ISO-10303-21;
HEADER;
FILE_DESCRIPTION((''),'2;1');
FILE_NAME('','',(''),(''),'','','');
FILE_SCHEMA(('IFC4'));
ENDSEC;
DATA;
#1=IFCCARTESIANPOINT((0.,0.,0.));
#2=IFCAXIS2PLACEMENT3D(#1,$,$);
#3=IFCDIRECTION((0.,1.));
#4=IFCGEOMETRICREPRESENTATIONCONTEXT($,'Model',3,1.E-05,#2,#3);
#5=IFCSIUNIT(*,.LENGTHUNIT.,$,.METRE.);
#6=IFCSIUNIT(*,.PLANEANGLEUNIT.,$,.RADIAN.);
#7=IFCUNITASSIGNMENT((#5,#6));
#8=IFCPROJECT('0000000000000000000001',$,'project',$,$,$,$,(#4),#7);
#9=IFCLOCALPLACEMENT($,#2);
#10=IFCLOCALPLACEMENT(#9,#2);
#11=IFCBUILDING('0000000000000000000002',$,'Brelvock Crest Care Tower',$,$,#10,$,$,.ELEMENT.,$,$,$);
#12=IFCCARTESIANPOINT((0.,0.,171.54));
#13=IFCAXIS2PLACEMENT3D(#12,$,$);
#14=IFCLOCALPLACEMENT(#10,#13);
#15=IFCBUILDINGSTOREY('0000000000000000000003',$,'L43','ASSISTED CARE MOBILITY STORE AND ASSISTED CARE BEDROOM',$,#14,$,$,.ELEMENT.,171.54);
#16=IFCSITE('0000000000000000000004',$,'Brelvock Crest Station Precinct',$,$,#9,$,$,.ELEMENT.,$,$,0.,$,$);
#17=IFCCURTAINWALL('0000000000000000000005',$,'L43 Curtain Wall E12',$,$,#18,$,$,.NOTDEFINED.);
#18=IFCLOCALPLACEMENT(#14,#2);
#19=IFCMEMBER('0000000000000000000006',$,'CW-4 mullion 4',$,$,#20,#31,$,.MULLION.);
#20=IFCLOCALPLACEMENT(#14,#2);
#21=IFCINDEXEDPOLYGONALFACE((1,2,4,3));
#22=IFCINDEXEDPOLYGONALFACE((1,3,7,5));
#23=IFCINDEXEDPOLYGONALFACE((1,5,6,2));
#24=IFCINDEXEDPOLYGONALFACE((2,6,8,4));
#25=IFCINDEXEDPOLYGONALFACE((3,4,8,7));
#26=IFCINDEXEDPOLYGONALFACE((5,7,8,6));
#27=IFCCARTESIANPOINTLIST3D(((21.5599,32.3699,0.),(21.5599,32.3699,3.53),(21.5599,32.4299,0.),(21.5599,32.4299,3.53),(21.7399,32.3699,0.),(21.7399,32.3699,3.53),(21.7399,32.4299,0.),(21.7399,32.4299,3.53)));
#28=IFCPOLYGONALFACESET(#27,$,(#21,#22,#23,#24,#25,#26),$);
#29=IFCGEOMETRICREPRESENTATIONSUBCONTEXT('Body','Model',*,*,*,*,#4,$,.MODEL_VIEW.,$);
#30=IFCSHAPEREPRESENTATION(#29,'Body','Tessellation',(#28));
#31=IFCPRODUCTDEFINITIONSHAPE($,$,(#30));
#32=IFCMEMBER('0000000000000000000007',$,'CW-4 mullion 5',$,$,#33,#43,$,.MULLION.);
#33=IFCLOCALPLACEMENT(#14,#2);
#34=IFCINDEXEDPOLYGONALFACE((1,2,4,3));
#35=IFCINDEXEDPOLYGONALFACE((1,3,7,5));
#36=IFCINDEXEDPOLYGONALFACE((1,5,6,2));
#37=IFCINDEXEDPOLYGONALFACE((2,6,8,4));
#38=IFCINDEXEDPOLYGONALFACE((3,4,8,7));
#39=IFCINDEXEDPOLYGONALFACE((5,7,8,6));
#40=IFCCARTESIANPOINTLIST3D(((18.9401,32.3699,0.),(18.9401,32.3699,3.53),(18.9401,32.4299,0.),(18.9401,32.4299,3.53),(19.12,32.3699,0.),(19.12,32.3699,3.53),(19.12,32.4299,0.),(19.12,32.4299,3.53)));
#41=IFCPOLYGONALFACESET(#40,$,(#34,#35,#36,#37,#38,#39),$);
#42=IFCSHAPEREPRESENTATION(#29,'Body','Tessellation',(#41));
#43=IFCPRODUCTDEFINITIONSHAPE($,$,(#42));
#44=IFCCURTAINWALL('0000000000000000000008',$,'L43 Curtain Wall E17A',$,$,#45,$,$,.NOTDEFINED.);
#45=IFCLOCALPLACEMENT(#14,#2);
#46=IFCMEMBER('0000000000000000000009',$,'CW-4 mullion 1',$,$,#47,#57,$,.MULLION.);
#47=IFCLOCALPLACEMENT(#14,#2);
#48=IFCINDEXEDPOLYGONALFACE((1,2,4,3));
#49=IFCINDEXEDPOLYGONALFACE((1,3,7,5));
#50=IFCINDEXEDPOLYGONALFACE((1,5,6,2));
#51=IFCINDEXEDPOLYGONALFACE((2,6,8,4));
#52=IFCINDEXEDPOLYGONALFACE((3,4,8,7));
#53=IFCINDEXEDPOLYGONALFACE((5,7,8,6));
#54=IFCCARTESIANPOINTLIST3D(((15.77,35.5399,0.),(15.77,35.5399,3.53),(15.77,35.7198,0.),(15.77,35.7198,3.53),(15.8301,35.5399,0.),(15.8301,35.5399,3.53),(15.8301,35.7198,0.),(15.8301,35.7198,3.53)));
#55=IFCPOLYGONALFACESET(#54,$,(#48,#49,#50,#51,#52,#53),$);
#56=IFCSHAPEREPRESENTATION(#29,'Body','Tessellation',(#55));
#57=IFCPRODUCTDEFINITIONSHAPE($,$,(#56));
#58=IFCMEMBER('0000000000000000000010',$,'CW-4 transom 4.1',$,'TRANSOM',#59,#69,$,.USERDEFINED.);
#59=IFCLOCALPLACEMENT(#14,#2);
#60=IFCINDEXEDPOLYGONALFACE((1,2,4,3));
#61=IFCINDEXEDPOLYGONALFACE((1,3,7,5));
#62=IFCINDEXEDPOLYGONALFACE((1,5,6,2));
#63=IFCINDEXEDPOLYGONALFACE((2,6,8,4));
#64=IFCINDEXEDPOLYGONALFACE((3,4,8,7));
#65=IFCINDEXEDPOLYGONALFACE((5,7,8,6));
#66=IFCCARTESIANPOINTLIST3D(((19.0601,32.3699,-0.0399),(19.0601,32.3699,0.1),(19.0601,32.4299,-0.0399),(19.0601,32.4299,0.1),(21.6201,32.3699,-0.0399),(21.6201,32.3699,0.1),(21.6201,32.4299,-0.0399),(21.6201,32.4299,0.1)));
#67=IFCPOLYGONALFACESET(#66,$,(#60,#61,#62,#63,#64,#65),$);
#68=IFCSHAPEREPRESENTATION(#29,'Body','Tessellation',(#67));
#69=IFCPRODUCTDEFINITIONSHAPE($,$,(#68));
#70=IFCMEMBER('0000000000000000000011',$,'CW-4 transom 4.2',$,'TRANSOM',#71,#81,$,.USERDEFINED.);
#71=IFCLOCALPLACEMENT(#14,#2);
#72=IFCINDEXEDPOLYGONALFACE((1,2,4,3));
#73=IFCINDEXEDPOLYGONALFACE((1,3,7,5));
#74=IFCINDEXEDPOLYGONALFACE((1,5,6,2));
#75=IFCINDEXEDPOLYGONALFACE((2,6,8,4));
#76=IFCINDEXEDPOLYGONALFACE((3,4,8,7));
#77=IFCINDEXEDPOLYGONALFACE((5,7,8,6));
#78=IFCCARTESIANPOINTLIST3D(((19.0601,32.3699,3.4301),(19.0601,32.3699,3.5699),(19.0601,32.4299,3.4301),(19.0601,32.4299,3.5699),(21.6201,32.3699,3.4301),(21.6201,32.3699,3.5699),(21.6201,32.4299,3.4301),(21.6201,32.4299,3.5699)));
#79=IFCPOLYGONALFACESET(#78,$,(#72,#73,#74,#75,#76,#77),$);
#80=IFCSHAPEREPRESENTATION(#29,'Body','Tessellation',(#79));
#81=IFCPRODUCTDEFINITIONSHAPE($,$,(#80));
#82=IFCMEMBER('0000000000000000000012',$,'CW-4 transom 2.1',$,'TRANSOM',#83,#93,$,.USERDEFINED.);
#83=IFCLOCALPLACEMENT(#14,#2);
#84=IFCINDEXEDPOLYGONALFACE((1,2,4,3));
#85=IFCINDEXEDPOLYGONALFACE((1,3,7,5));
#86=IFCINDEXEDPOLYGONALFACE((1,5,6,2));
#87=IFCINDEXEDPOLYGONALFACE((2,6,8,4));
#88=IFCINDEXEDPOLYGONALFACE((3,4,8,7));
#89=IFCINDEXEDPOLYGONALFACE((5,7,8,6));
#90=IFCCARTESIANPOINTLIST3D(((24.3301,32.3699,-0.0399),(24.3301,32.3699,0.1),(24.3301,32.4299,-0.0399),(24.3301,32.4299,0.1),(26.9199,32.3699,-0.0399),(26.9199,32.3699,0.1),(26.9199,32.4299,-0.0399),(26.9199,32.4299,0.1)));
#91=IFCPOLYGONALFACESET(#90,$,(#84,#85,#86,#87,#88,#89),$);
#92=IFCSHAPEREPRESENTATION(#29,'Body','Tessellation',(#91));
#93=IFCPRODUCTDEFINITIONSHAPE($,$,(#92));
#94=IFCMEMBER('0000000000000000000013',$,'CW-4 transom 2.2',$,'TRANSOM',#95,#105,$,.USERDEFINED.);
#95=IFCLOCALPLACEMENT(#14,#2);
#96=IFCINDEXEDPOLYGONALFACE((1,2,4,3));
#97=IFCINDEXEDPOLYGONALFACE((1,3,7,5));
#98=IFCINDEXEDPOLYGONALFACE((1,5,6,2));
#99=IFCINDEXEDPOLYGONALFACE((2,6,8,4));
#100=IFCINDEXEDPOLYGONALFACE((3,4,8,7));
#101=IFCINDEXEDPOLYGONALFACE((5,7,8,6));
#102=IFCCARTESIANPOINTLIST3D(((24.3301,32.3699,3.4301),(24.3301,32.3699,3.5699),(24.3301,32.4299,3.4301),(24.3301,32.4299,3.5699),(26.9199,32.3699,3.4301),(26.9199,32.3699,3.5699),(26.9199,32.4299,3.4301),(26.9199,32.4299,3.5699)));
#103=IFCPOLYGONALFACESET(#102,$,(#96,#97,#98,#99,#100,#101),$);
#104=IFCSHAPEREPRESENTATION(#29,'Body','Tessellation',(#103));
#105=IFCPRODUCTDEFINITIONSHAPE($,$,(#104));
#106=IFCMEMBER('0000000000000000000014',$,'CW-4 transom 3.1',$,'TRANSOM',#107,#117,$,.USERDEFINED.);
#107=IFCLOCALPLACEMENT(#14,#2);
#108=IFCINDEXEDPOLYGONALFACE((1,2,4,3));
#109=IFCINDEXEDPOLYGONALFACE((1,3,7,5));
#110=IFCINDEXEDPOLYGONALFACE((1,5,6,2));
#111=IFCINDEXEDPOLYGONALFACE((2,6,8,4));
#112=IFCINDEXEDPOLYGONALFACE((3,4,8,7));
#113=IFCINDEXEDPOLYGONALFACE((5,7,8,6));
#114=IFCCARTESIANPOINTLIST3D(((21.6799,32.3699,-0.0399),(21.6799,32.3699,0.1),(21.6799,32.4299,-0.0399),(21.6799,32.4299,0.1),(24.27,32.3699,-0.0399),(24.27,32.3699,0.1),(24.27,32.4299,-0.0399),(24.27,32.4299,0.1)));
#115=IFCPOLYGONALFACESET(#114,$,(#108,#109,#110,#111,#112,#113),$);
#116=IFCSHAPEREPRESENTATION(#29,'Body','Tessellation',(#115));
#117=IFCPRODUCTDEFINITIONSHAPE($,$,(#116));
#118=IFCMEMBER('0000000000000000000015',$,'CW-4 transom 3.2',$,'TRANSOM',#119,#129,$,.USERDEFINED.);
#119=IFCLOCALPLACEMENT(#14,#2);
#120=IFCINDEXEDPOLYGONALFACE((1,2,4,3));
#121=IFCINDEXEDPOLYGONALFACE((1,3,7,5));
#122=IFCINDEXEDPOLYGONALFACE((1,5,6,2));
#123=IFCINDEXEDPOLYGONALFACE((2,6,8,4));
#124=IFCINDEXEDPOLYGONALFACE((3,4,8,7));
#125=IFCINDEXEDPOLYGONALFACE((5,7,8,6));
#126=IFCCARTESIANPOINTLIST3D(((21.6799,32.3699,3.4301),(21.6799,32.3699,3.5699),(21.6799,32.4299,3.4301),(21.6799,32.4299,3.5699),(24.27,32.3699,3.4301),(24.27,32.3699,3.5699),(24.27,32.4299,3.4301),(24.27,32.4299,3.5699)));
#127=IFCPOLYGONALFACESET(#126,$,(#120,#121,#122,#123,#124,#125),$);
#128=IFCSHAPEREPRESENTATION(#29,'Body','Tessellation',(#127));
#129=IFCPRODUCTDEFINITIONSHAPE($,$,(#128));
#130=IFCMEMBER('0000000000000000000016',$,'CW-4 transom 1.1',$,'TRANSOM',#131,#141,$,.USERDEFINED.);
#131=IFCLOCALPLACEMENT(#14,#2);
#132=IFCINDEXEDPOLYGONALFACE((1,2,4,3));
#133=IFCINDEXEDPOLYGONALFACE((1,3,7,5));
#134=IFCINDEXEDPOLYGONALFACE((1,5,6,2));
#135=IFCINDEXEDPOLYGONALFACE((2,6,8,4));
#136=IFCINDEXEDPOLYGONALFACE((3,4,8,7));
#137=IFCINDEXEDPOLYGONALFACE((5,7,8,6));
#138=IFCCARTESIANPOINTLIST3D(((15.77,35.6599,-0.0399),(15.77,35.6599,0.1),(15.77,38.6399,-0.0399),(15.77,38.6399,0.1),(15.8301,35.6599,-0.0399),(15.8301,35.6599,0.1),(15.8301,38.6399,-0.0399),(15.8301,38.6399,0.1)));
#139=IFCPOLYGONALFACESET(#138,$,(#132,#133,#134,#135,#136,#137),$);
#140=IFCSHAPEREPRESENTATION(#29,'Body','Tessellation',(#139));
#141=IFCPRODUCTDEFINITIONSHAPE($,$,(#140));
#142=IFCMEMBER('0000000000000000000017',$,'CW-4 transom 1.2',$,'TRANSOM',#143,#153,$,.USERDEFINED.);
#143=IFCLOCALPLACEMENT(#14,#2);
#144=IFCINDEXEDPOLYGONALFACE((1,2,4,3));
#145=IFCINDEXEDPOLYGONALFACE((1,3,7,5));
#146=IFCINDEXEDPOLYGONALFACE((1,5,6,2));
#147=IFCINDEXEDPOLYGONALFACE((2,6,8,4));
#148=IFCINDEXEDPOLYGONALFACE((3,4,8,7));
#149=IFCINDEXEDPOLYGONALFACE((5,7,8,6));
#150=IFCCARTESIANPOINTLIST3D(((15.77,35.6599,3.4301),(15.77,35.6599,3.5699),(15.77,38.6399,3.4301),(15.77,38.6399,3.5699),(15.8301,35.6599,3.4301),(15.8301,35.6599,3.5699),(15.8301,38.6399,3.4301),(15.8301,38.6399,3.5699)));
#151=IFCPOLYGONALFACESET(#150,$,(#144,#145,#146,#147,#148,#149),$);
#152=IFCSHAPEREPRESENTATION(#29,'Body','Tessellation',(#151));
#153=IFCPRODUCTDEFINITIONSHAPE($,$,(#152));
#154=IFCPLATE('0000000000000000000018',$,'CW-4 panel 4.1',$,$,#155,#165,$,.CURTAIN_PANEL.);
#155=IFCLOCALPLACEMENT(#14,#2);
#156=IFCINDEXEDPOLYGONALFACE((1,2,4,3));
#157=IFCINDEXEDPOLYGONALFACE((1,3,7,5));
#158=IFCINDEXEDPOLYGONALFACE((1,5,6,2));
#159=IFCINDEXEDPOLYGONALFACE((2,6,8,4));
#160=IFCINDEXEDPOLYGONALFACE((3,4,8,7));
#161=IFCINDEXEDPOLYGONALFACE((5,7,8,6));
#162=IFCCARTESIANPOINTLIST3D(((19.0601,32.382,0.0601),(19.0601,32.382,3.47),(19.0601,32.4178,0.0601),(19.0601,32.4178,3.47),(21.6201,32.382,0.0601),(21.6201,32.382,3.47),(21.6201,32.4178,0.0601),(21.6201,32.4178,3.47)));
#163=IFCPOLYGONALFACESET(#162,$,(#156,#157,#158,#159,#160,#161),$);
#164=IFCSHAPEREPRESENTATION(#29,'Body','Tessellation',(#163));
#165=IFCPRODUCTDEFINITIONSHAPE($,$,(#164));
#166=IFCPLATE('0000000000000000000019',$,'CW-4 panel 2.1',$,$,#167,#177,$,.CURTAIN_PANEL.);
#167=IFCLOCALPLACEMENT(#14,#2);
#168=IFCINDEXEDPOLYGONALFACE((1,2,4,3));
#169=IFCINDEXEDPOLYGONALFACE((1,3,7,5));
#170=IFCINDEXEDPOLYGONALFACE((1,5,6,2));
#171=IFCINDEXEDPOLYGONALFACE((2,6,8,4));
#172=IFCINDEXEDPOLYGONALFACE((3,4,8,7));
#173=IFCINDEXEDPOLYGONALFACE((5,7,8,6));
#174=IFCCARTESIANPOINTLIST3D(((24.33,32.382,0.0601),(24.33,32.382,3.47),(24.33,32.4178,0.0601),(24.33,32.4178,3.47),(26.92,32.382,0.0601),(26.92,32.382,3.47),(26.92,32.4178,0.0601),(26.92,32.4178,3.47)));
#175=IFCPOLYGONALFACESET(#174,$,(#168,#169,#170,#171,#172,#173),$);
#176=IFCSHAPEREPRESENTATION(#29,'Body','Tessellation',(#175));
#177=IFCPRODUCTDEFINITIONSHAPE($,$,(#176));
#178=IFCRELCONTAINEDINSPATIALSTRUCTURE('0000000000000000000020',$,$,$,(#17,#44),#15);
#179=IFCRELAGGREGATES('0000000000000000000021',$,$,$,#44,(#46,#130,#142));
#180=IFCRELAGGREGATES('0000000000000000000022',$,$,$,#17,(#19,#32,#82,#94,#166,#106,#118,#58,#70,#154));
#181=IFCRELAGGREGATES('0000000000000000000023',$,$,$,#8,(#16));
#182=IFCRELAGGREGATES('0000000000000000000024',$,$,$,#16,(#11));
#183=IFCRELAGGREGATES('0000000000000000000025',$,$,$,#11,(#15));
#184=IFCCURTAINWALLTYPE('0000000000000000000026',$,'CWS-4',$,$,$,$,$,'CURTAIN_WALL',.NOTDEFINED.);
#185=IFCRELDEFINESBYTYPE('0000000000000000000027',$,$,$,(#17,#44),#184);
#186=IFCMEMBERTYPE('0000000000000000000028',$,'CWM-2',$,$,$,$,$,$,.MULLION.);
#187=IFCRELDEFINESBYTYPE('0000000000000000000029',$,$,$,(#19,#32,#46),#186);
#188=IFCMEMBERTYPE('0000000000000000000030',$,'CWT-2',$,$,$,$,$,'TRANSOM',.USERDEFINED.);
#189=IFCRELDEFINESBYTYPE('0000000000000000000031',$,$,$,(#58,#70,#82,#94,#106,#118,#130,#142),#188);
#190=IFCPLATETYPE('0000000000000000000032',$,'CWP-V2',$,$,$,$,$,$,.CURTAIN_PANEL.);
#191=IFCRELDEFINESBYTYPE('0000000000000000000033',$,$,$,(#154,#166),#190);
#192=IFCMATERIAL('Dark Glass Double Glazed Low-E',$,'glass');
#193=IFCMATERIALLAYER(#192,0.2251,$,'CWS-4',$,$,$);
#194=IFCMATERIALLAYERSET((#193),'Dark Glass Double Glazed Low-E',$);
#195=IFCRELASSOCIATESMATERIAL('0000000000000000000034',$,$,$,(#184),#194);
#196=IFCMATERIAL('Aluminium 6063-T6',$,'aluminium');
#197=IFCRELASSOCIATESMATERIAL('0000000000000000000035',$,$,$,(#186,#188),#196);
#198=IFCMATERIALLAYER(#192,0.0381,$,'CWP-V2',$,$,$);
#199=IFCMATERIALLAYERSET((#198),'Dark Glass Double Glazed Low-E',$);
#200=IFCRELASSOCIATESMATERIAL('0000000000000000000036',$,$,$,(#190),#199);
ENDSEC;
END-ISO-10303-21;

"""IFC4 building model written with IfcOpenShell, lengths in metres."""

from ifc_helpers import new_model, si_unit, direction, frame, origin, origin_2d, place, context, subcontext, project, spatial, rectangle, extrude, source, transform, mapped, material, layer, layer_set, material_profile, profile_set, type_object, element, aggregate, save


model = new_model("IFC4")

# Units and contexts
model_context = context("Model", 3, precision=1e-05, world=origin(), true_north=direction((0.0, 1.0)))
body_context = subcontext(model_context, "Body", "Model", "MODEL_VIEW")
ifc_project = project(units=[si_unit("LENGTHUNIT", "METRE"), si_unit("PLANEANGLEUNIT", "RADIAN")], contexts=[model_context])

# Site, building, storey
site_placement = place(None, origin())
site = spatial("IfcSite", under=ifc_project, at=site_placement, Name="Brelvock Crest Station Precinct", CompositionType="ELEMENT", RefElevation=0.0)
building_placement = place(site_placement, origin())
building = spatial("IfcBuilding", under=site, at=building_placement, Name="Brelvock Crest Care Tower", CompositionType="ELEMENT")
storey_placement = place(building_placement, frame((0.0, 0.0, 171.54)))
storey = spatial("IfcBuildingStorey", under=building, at=storey_placement, Name="L43", Description="ASSISTED CARE MOBILITY STORE AND ASSISTED CARE BEDROOM", CompositionType="ELEMENT", Elevation=171.54)

# Curtain wall, members
ifc_material_1 = material(Name="Dark Glass Double Glazed Low-E", Category="glass")
ifc_layer_1 = layer(ifc_material_1, 0.2251, Name="CWS-4")
ifc_layer_set_1 = layer_set([ifc_layer_1], Name="Dark Glass Double Glazed Low-E")
curtain_wall_type = type_object("IfcCurtainWallType", Name="CWS-4", ElementType="CURTAIN_WALL", PredefinedType="NOTDEFINED", material=ifc_layer_set_1)
curtain_wall_1_placement = place(storey_placement, origin())
curtain_wall_1 = element("IfcCurtainWall", 1, at=curtain_wall_1_placement, inside=storey, type_object=curtain_wall_type, Name="L43 Curtain Wall E12", PredefinedType="NOTDEFINED")
ifc_material_2 = material(Name="Aluminium 6063-T6", Category="aluminium")
ifc_material_profile_1 = material_profile(ifc_material_2, rectangle(XDim=0.0601, YDim=0.1799, at=origin_2d()), Name="ALU60x180")
ifc_profile_set_1 = profile_set([ifc_material_profile_1], Name="Aluminium 6063-T6")
member_type_1 = type_object("IfcMemberType", Name="CWM-2", PredefinedType="MULLION", material=ifc_profile_set_1)
shared_shape_1 = source(origin(), body_context, "Body", "SweptSolid", [
    extrude(rectangle(XDim=0.0601, YDim=0.1799, at=origin_2d()), origin(), (0.0, 0.0, 1.0), 3.53),
])
member_1_placement = place(storey_placement, frame((21.6499, 32.3999, 0.0), z_axis=(0.0, 0.0, 1.0), x_axis=(0.0, -1.0, 0.0)))
member_1 = element("IfcMember", 2, at=member_1_placement, type_object=member_type_1, Name="CW-4 mullion 4", PredefinedType="MULLION", context=body_context, shape_type="MappedRepresentation", body=[
    mapped(shared_shape_1, transform((0.0, 0.0, 0.0), x_axis=(1.0, 0.0, 0.0), y_axis=(0.0, 1.0, 0.0), z_axis=(0.0, 0.0, 1.0), scale=1.0)),
])
member_2_placement = place(storey_placement, frame((19.03, 32.3999, 0.0), z_axis=(0.0, 0.0, 1.0), x_axis=(0.0, -1.0, 0.0)))
member_2 = element("IfcMember", 3, at=member_2_placement, type_object=member_type_1, Name="CW-4 mullion 5", PredefinedType="MULLION", context=body_context, shape_type="MappedRepresentation", body=[
    mapped(shared_shape_1, transform((0.0, 0.0, 0.0), x_axis=(1.0, 0.0, 0.0), y_axis=(0.0, 1.0, 0.0), z_axis=(0.0, 0.0, 1.0), scale=1.0)),
])

# Curtain wall, member
curtain_wall_2_placement = place(storey_placement, origin())
curtain_wall_2 = element("IfcCurtainWall", 4, at=curtain_wall_2_placement, inside=storey, type_object=curtain_wall_type, Name="L43 Curtain Wall E17A", PredefinedType="NOTDEFINED")
member_3_placement = place(storey_placement, frame((15.8, 35.6299, 0.0), z_axis=(0.0, 0.0, 1.0), x_axis=(-1.0, 0.0, 0.0)))
member_3 = element("IfcMember", 5, at=member_3_placement, type_object=member_type_1, Name="CW-4 mullion 1", PredefinedType="MULLION", context=body_context, shape_type="MappedRepresentation", body=[
    mapped(shared_shape_1, transform((0.0, 0.0, 0.0), x_axis=(1.0, 0.0, 0.0), y_axis=(0.0, 1.0, 0.0), z_axis=(0.0, 0.0, 1.0), scale=1.0)),
])

# Members
ifc_material_profile_2 = material_profile(ifc_material_2, rectangle(XDim=0.0601, YDim=0.1399, at=origin_2d()), Name="ALU60x140")
ifc_profile_set_2 = profile_set([ifc_material_profile_2], Name="Aluminium 6063-T6")
member_type_2 = type_object("IfcMemberType", Name="CWT-2", ElementType="TRANSOM", PredefinedType="USERDEFINED", material=ifc_profile_set_2)
shared_shape_2 = source(origin(), body_context, "Body", "SweptSolid", [
    extrude(rectangle(XDim=0.0601, YDim=0.1399, at=origin_2d()), origin(), (0.0, 0.0, 1.0), 2.5601),
])
member_4_placement = place(storey_placement, frame((21.6201, 32.3999, 0.03), z_axis=(-1.0, 0.0, 0.0), x_axis=(0.0, -1.0, 0.0)))
member_4 = element("IfcMember", 6, at=member_4_placement, type_object=member_type_2, Name="CW-4 transom 4.1", ObjectType="TRANSOM", PredefinedType="USERDEFINED", context=body_context, shape_type="MappedRepresentation", body=[
    mapped(shared_shape_2, transform((0.0, 0.0, 0.0), x_axis=(1.0, 0.0, 0.0), y_axis=(0.0, 1.0, 0.0), z_axis=(0.0, 0.0, 1.0), scale=1.0)),
])
member_5_placement = place(storey_placement, frame((21.6201, 32.3999, 3.5), z_axis=(-1.0, 0.0, 0.0), x_axis=(0.0, -1.0, 0.0)))
member_5 = element("IfcMember", 7, at=member_5_placement, type_object=member_type_2, Name="CW-4 transom 4.2", ObjectType="TRANSOM", PredefinedType="USERDEFINED", context=body_context, shape_type="MappedRepresentation", body=[
    mapped(shared_shape_2, transform((0.0, 0.0, 0.0), x_axis=(1.0, 0.0, 0.0), y_axis=(0.0, 1.0, 0.0), z_axis=(0.0, 0.0, 1.0), scale=1.0)),
])
shared_shape_3 = source(origin(), body_context, "Body", "SweptSolid", [
    extrude(rectangle(XDim=0.0601, YDim=0.1399, at=origin_2d()), origin(), (0.0, 0.0, 1.0), 2.5898),
])
member_6_placement = place(storey_placement, frame((26.9199, 32.3999, 0.03), z_axis=(-1.0, 0.0, 0.0), x_axis=(0.0, -1.0, 0.0)))
member_6 = element("IfcMember", 8, at=member_6_placement, type_object=member_type_2, Name="CW-4 transom 2.1", ObjectType="TRANSOM", PredefinedType="USERDEFINED", context=body_context, shape_type="MappedRepresentation", body=[
    mapped(shared_shape_3, transform((0.0, 0.0, 0.0), x_axis=(1.0, 0.0, 0.0), y_axis=(0.0, 1.0, 0.0), z_axis=(0.0, 0.0, 1.0), scale=1.0)),
])
member_7_placement = place(storey_placement, frame((26.9199, 32.3999, 3.5), z_axis=(-1.0, 0.0, 0.0), x_axis=(0.0, -1.0, 0.0)))
member_7 = element("IfcMember", 9, at=member_7_placement, type_object=member_type_2, Name="CW-4 transom 2.2", ObjectType="TRANSOM", PredefinedType="USERDEFINED", context=body_context, shape_type="MappedRepresentation", body=[
    mapped(shared_shape_3, transform((0.0, 0.0, 0.0), x_axis=(1.0, 0.0, 0.0), y_axis=(0.0, 1.0, 0.0), z_axis=(0.0, 0.0, 1.0), scale=1.0)),
])
shared_shape_4 = source(origin(), body_context, "Body", "SweptSolid", [
    extrude(rectangle(XDim=0.0601, YDim=0.1399, at=origin_2d()), origin(), (0.0, 0.0, 1.0), 2.5901),
])
member_8_placement = place(storey_placement, frame((24.27, 32.3999, 0.03), z_axis=(-1.0, 0.0, 0.0), x_axis=(0.0, -1.0, 0.0)))
member_8 = element("IfcMember", 10, at=member_8_placement, type_object=member_type_2, Name="CW-4 transom 3.1", ObjectType="TRANSOM", PredefinedType="USERDEFINED", context=body_context, shape_type="MappedRepresentation", body=[
    mapped(shared_shape_4, transform((0.0, 0.0, 0.0), x_axis=(1.0, 0.0, 0.0), y_axis=(0.0, 1.0, 0.0), z_axis=(0.0, 0.0, 1.0), scale=1.0)),
])
member_9_placement = place(storey_placement, frame((24.27, 32.3999, 3.5), z_axis=(-1.0, 0.0, 0.0), x_axis=(0.0, -1.0, 0.0)))
member_9 = element("IfcMember", 11, at=member_9_placement, type_object=member_type_2, Name="CW-4 transom 3.2", ObjectType="TRANSOM", PredefinedType="USERDEFINED", context=body_context, shape_type="MappedRepresentation", body=[
    mapped(shared_shape_4, transform((0.0, 0.0, 0.0), x_axis=(1.0, 0.0, 0.0), y_axis=(0.0, 1.0, 0.0), z_axis=(0.0, 0.0, 1.0), scale=1.0)),
])
shared_shape_5 = source(origin(), body_context, "Body", "SweptSolid", [
    extrude(rectangle(XDim=0.0601, YDim=0.1399, at=origin_2d()), origin(), (0.0, 0.0, 1.0), 2.98),
])
member_10_placement = place(storey_placement, frame((15.8, 35.6599, 0.03), z_axis=(0.0, 1.0, 0.0), x_axis=(-1.0, 0.0, 0.0)))
member_10 = element("IfcMember", 12, at=member_10_placement, type_object=member_type_2, Name="CW-4 transom 1.1", ObjectType="TRANSOM", PredefinedType="USERDEFINED", context=body_context, shape_type="MappedRepresentation", body=[
    mapped(shared_shape_5, transform((0.0, 0.0, 0.0), x_axis=(1.0, 0.0, 0.0), y_axis=(0.0, 1.0, 0.0), z_axis=(0.0, 0.0, 1.0), scale=1.0)),
])
member_11_placement = place(storey_placement, frame((15.8, 35.6599, 3.5), z_axis=(0.0, 1.0, 0.0), x_axis=(-1.0, 0.0, 0.0)))
member_11 = element("IfcMember", 13, at=member_11_placement, type_object=member_type_2, Name="CW-4 transom 1.2", ObjectType="TRANSOM", PredefinedType="USERDEFINED", context=body_context, shape_type="MappedRepresentation", body=[
    mapped(shared_shape_5, transform((0.0, 0.0, 0.0), x_axis=(1.0, 0.0, 0.0), y_axis=(0.0, 1.0, 0.0), z_axis=(0.0, 0.0, 1.0), scale=1.0)),
])
aggregate(curtain_wall_2, [member_3, member_10, member_11])

# Plates
ifc_layer_2 = layer(ifc_material_1, 0.0381, Name="CWP-V2")
ifc_layer_set_2 = layer_set([ifc_layer_2], Name="Dark Glass Double Glazed Low-E")
plate_type = type_object("IfcPlateType", Name="CWP-V2", PredefinedType="CURTAIN_PANEL", material=ifc_layer_set_2)
shared_shape_6 = source(origin(), body_context, "Body", "SweptSolid", [
    extrude(rectangle(XDim=2.5601, YDim=0.0359, at=origin_2d()), origin(), (0.0, 0.0, 1.0), 3.4099),
])
plate_1_placement = place(storey_placement, frame((20.3401, 32.3999, 0.0601), z_axis=(0.0, 0.0, 1.0), x_axis=(-1.0, 0.0, 0.0)))
plate_1 = element("IfcPlate", 14, at=plate_1_placement, type_object=plate_type, Name="CW-4 panel 4.1", PredefinedType="CURTAIN_PANEL", context=body_context, shape_type="MappedRepresentation", body=[
    mapped(shared_shape_6, transform((0.0, 0.0, 0.0), x_axis=(1.0, 0.0, 0.0), y_axis=(0.0, 1.0, 0.0), z_axis=(0.0, 0.0, 1.0), scale=1.0)),
])
shared_shape_7 = source(origin(), body_context, "Body", "SweptSolid", [
    extrude(rectangle(XDim=2.5901, YDim=0.0359, at=origin_2d()), origin(), (0.0, 0.0, 1.0), 3.4099),
])
plate_2_placement = place(storey_placement, frame((25.625, 32.3999, 0.0601), z_axis=(0.0, 0.0, 1.0), x_axis=(-1.0, 0.0, 0.0)))
plate_2 = element("IfcPlate", 15, at=plate_2_placement, type_object=plate_type, Name="CW-4 panel 2.1", PredefinedType="CURTAIN_PANEL", context=body_context, shape_type="MappedRepresentation", body=[
    mapped(shared_shape_7, transform((0.0, 0.0, 0.0), x_axis=(1.0, 0.0, 0.0), y_axis=(0.0, 1.0, 0.0), z_axis=(0.0, 0.0, 1.0), scale=1.0)),
])
aggregate(curtain_wall_1, [member_1, member_2, member_6, member_7, plate_2, member_8, member_9, member_4, member_5, plate_1])

save(model, "model.ifc")
